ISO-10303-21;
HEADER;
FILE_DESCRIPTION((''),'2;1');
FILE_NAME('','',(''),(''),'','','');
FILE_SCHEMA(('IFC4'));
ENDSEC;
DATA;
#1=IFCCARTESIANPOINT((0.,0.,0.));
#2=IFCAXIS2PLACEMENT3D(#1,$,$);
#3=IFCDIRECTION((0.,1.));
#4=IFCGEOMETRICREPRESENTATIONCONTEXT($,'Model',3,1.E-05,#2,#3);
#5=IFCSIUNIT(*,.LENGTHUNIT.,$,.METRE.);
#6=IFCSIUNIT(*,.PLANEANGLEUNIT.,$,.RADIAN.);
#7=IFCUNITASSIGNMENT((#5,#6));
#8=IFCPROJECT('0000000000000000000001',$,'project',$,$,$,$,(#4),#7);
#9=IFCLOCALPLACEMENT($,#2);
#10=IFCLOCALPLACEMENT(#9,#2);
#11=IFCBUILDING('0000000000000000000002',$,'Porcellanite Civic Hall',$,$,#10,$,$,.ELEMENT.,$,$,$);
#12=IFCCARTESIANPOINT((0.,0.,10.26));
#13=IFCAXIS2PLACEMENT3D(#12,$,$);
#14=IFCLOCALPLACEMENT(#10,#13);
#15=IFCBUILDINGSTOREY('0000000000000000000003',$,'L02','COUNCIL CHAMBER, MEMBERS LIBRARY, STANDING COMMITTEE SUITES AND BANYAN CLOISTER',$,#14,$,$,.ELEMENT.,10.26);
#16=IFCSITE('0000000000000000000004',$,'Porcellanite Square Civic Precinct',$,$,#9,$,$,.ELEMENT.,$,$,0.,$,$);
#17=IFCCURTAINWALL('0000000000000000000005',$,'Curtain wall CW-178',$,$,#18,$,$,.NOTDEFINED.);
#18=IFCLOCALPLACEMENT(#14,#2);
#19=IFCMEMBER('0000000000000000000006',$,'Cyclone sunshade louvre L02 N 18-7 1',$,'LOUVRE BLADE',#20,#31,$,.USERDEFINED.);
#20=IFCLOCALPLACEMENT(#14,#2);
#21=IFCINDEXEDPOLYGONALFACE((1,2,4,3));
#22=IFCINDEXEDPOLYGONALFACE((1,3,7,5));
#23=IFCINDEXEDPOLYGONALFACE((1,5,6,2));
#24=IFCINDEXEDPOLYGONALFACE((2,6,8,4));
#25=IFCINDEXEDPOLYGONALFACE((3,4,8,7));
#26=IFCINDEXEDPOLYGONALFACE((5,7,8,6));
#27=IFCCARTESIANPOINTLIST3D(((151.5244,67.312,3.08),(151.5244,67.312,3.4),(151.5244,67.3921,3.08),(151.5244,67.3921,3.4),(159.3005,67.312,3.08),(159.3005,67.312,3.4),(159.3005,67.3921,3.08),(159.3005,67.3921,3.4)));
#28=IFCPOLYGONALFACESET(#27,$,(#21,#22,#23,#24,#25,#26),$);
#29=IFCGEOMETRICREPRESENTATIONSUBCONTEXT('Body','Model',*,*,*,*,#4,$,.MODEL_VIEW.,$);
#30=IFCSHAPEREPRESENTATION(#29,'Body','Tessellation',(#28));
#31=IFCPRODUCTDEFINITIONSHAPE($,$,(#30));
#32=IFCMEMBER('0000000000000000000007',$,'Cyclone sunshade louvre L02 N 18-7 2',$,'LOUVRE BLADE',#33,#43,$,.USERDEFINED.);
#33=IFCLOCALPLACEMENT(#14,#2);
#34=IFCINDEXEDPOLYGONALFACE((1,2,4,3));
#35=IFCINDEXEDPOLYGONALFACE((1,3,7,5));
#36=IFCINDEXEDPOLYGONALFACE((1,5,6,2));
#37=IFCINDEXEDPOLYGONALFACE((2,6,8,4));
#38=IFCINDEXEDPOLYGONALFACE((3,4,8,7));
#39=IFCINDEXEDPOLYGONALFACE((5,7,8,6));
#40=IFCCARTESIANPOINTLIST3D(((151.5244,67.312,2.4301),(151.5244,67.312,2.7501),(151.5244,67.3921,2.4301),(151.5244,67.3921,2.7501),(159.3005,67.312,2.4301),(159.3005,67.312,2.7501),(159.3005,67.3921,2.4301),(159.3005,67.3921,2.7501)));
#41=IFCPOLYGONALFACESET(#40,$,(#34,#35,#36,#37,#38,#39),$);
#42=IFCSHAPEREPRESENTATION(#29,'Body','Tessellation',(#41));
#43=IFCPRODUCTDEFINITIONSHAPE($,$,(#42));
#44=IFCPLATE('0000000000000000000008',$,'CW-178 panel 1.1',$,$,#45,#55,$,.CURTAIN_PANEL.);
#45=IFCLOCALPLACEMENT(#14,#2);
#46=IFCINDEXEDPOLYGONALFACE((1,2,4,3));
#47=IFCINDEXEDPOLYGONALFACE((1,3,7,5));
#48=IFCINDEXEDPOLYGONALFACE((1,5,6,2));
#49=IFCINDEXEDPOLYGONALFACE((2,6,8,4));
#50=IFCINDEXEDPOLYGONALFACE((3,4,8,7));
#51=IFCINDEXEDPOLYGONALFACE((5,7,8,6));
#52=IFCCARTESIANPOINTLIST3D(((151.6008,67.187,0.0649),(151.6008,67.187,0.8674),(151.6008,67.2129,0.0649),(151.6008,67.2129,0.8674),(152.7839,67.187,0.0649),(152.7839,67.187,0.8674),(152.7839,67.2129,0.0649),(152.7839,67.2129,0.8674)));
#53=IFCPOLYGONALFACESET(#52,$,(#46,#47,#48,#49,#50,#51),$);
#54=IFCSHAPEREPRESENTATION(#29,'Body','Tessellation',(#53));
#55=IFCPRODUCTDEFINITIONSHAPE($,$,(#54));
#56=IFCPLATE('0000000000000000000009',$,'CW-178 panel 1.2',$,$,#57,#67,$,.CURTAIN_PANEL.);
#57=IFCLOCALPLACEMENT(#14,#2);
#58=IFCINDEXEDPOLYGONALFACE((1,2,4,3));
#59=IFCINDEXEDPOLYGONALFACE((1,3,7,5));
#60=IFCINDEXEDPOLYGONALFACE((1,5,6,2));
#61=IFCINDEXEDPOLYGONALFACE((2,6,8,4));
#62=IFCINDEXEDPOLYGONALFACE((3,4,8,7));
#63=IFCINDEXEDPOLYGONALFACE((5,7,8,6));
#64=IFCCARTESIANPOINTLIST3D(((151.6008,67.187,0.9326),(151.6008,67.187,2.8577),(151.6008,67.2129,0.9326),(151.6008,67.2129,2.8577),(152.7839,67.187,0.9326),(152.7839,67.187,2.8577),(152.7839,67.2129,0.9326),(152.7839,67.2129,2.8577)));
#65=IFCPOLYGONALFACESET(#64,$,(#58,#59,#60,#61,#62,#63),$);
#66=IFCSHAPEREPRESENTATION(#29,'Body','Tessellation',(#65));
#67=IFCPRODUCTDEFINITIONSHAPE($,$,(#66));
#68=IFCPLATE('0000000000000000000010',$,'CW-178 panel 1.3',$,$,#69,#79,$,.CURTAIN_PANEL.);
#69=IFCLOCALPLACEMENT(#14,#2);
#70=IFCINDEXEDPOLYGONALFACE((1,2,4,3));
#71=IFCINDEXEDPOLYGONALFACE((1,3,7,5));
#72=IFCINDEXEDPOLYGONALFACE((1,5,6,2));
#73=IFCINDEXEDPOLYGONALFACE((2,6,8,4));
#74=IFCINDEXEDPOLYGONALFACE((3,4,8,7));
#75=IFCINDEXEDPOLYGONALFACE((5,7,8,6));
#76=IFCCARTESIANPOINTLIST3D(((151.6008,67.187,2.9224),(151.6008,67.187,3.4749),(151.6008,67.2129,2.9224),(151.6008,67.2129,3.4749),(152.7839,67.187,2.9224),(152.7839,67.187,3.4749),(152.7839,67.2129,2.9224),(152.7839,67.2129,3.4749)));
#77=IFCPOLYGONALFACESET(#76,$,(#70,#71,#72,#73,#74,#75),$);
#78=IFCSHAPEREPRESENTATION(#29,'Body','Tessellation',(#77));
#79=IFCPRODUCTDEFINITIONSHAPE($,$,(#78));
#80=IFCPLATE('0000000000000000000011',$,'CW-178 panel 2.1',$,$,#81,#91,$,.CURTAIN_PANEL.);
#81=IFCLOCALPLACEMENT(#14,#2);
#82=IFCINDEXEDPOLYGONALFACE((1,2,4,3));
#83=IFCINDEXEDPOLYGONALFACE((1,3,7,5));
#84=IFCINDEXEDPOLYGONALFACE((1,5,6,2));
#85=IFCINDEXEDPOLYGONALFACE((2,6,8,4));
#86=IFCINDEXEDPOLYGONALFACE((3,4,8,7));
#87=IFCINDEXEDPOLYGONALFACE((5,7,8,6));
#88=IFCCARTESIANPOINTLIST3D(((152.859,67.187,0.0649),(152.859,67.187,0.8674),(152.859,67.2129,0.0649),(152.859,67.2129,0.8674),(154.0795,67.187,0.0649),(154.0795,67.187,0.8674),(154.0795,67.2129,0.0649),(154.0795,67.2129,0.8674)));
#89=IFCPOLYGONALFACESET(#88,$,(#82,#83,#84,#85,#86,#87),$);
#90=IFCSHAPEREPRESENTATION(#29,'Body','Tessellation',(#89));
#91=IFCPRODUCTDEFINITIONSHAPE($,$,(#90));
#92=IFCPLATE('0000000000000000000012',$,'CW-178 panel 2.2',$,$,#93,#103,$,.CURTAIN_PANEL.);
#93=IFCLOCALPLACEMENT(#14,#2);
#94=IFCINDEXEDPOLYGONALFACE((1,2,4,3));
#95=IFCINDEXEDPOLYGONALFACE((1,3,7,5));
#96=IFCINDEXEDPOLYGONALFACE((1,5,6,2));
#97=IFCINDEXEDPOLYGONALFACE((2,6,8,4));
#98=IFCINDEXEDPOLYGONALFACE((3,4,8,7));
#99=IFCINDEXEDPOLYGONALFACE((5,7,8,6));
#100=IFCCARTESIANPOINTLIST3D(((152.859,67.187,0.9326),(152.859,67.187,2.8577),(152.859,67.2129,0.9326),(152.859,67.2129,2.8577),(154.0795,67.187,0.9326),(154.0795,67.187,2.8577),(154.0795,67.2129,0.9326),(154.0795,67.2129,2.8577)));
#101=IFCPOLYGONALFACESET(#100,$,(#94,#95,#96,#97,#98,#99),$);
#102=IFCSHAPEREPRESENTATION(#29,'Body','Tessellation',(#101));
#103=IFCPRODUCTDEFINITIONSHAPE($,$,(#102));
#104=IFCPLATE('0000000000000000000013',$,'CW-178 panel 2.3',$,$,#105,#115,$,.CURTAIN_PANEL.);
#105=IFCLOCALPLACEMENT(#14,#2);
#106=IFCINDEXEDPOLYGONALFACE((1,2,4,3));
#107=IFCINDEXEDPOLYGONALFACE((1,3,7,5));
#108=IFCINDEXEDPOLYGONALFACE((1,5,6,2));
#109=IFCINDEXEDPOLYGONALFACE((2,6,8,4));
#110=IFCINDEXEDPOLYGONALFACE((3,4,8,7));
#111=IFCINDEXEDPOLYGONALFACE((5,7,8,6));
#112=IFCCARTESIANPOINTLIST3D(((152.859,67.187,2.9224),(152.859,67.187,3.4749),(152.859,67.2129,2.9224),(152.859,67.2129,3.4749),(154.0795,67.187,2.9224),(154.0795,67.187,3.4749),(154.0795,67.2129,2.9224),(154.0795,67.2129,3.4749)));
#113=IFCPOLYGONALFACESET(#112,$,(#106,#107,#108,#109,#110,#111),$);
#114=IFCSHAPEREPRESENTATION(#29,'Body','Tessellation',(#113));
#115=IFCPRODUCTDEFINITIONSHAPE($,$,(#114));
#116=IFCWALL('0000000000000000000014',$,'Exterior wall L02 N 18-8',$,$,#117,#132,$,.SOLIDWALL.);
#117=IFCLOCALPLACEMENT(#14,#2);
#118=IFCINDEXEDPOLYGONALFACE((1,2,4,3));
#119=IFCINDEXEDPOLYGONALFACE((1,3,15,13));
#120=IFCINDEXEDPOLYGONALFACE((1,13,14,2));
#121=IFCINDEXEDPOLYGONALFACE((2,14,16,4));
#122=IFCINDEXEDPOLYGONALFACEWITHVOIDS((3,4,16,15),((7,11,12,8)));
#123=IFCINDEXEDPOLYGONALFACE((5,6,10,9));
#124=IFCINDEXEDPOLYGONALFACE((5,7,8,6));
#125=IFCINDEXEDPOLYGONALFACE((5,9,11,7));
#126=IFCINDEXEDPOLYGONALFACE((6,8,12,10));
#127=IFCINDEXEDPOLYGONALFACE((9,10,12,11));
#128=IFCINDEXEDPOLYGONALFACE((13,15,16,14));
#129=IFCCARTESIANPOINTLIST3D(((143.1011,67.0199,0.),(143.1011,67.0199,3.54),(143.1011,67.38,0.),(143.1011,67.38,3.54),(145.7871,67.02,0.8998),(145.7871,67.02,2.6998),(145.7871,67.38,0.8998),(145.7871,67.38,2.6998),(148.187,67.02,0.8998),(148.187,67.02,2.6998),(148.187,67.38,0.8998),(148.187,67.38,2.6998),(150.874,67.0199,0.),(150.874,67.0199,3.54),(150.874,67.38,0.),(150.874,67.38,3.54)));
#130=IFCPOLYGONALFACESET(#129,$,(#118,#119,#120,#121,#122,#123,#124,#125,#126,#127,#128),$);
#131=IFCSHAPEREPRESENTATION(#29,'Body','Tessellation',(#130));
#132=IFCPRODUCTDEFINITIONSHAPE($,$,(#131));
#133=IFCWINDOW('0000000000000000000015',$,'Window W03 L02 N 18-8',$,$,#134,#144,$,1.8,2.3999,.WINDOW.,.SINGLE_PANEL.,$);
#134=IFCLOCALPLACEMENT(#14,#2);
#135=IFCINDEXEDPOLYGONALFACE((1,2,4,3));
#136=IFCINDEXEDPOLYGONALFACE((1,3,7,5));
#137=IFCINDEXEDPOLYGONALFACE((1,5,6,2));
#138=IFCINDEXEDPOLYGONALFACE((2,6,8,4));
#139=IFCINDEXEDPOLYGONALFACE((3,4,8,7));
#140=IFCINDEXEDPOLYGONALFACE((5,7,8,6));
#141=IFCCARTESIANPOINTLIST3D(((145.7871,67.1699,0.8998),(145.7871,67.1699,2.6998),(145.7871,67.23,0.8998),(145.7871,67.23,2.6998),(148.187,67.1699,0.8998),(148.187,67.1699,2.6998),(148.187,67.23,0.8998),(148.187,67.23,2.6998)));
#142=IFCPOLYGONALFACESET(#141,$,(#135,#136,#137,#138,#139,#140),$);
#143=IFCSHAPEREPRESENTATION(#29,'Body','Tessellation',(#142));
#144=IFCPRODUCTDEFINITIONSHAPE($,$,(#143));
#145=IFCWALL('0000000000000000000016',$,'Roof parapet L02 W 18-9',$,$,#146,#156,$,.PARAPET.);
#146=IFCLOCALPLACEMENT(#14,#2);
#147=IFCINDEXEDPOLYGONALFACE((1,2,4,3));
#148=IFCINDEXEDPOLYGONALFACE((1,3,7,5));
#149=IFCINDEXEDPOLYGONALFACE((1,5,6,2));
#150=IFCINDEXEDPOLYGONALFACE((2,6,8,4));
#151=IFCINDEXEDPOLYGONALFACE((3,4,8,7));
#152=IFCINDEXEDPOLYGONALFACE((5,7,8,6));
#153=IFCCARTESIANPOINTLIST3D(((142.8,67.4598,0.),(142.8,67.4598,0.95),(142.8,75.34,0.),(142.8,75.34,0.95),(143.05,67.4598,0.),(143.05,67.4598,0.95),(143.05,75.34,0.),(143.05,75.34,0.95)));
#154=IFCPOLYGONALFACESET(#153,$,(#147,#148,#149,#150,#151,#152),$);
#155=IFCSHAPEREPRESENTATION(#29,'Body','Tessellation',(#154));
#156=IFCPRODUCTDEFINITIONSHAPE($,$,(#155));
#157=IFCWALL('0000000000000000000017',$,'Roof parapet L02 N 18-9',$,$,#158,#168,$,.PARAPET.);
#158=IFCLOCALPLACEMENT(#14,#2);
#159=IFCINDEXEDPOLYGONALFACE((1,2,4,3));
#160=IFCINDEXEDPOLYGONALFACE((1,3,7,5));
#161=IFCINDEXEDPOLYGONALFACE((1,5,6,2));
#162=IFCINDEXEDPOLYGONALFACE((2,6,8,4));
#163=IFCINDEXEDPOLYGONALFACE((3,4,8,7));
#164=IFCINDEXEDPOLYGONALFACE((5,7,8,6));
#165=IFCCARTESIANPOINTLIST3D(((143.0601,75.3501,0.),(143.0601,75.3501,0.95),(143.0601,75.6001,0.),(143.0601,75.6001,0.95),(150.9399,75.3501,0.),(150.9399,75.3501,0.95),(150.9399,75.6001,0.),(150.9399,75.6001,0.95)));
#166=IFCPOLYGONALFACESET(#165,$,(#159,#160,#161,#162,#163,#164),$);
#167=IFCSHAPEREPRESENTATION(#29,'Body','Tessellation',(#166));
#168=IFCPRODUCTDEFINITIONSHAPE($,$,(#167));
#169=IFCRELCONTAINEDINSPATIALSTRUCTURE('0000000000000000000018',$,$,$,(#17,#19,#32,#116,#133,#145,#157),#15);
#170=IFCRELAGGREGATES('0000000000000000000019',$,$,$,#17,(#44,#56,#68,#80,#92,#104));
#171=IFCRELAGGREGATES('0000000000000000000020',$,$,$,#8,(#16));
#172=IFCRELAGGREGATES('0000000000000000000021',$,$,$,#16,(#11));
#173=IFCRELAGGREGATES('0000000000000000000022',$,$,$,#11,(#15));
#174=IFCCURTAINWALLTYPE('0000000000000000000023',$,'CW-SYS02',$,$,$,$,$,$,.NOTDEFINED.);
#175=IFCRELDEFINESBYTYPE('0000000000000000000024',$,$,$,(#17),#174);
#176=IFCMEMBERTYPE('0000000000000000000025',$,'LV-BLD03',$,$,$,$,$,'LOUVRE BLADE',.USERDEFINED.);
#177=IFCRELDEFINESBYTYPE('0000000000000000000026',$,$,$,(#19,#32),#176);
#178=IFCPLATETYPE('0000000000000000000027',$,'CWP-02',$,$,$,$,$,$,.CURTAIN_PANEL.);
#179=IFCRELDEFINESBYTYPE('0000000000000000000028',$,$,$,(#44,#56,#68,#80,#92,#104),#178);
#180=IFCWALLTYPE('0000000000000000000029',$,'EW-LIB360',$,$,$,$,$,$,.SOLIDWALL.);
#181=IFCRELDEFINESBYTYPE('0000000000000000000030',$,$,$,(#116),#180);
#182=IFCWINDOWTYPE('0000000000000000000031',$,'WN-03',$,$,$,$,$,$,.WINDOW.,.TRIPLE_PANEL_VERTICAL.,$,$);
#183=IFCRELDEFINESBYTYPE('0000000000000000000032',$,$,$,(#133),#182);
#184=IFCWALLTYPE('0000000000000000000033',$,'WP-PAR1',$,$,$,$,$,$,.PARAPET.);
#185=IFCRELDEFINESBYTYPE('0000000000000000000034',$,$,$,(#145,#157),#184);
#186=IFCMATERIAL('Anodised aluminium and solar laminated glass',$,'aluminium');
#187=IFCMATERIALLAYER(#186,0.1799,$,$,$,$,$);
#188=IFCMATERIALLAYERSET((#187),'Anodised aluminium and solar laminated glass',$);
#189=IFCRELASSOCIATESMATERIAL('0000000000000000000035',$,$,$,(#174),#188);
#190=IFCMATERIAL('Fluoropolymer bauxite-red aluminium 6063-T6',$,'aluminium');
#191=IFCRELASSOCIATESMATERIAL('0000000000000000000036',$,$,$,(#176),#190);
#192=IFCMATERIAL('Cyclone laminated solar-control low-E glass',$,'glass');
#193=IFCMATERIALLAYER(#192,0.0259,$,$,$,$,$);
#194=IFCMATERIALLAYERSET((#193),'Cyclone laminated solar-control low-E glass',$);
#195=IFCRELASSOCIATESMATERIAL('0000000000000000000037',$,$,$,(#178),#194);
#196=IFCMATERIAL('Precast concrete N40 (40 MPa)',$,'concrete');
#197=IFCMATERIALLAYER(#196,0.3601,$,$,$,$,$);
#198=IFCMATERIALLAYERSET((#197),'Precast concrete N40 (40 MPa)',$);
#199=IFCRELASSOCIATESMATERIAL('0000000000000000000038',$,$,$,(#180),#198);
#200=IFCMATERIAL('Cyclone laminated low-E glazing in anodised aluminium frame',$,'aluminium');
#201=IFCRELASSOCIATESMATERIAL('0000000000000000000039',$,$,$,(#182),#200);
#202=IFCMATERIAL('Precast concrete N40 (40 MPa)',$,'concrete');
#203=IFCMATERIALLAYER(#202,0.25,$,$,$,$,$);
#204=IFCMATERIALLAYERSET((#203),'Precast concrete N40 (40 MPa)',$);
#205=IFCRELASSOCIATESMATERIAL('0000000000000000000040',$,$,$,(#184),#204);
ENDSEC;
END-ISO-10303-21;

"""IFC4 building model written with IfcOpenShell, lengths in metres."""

from ifc_helpers import new_model, si_unit, direction, frame, frame_2d, origin, origin_2d, place, context, subcontext, project, spatial, rectangle, extrude, material, layer, layer_set, material_profile, profile_set, type_object, element, fill, aggregate, save


model = new_model("IFC4")

# Units and contexts
model_context = context("Model", 3, precision=1e-05, world=origin(), true_north=direction((0.0, 1.0)))
body_context = subcontext(model_context, "Body", "Model", "MODEL_VIEW")
ifc_project = project(units=[si_unit("LENGTHUNIT", "METRE"), si_unit("PLANEANGLEUNIT", "RADIAN")], contexts=[model_context])

# Site, building, storey
site_placement = place(None, origin())
site = spatial("IfcSite", under=ifc_project, at=site_placement, Name="Porcellanite Square Civic Precinct", CompositionType="ELEMENT", RefElevation=0.0)
building_placement = place(site_placement, origin())
building = spatial("IfcBuilding", under=site, at=building_placement, Name="Porcellanite Civic Hall", CompositionType="ELEMENT")
storey_placement = place(building_placement, frame((0.0, 0.0, 10.26)))
storey = spatial("IfcBuildingStorey", under=building, at=storey_placement, Name="L02", Description="COUNCIL CHAMBER, MEMBERS LIBRARY, STANDING COMMITTEE SUITES AND BANYAN CLOISTER", CompositionType="ELEMENT", Elevation=10.26)

# Curtain wall
ifc_material_1 = material(Name="Anodised aluminium and solar laminated glass", Category="aluminium")
ifc_layer_1 = layer(ifc_material_1, 0.1799)
ifc_layer_set_1 = layer_set([ifc_layer_1], Name="Anodised aluminium and solar laminated glass")
curtain_wall_type = type_object("IfcCurtainWallType", Name="CW-SYS02", PredefinedType="NOTDEFINED", material=ifc_layer_set_1)
curtain_wall_placement = place(storey_placement, origin())
curtain_wall = element("IfcCurtainWall", 1, at=curtain_wall_placement, inside=storey, type_object=curtain_wall_type, Name="Curtain wall CW-178", PredefinedType="NOTDEFINED")

# Members
ifc_material_2 = material(Name="Fluoropolymer bauxite-red aluminium 6063-T6", Category="aluminium")
ifc_material_profile_1 = material_profile(ifc_material_2, rectangle(XDim=0.0801, YDim=0.3201, at=origin_2d()), Name="AL-80x320")
ifc_profile_set_1 = profile_set([ifc_material_profile_1], Name="Fluoropolymer bauxite-red aluminium 6063-T6")
member_type_1 = type_object("IfcMemberType", Name="LV-BLD03", ElementType="LOUVRE BLADE", PredefinedType="USERDEFINED", material=ifc_profile_set_1)
for number, where, z_axis, x_axis, name in (
    (2, (151.5244, 67.3521, 3.24), (1.0, 0.0, 0.0), (0.0, 1.0, 0.0), "Cyclone sunshade louvre L02 N 18-7 1"),
    (3, (151.5244, 67.3521, 2.5901), (1.0, 0.0, 0.0), (0.0, 1.0, 0.0), "Cyclone sunshade louvre L02 N 18-7 2"),
):
    element("IfcMember", number, at=place(storey_placement, frame(where, z_axis=z_axis, x_axis=x_axis)), inside=storey, type_object=member_type_1, Name=name, ObjectType="LOUVRE BLADE", PredefinedType="USERDEFINED", context=body_context, shape_type="SweptSolid", body=[
        extrude(rectangle(XDim=0.0801, YDim=0.3201, at=origin_2d()), origin(), (0.0, 0.0, 1.0), 7.7761),
    ])

# Plates
ifc_material_3 = material(Name="Cyclone laminated solar-control low-E glass", Category="glass")
ifc_layer_2 = layer(ifc_material_3, 0.0259)
ifc_layer_set_2 = layer_set([ifc_layer_2], Name="Cyclone laminated solar-control low-E glass")
plate_type = type_object("IfcPlateType", Name="CWP-02", PredefinedType="CURTAIN_PANEL", material=ifc_layer_set_2)
plate_1_placement = place(storey_placement, frame((152.1924, 67.2, 0.0649), z_axis=(0.0, 0.0, 1.0), x_axis=(1.0, 0.0, 0.0)))
plate_1 = element("IfcPlate", 4, at=plate_1_placement, type_object=plate_type, Name="CW-178 panel 1.1", PredefinedType="CURTAIN_PANEL", context=body_context, shape_type="SweptSolid", body=[
    extrude(rectangle(XDim=1.1831, YDim=0.0259, at=origin_2d()), origin(), (0.0, 0.0, 1.0), 0.8025),
])
plate_2_placement = place(storey_placement, frame((152.1924, 67.2, 0.9326), z_axis=(0.0, 0.0, 1.0), x_axis=(1.0, 0.0, 0.0)))
plate_2 = element("IfcPlate", 5, at=plate_2_placement, type_object=plate_type, Name="CW-178 panel 1.2", PredefinedType="CURTAIN_PANEL", context=body_context, shape_type="SweptSolid", body=[
    extrude(rectangle(XDim=1.1831, YDim=0.0259, at=origin_2d()), origin(), (0.0, 0.0, 1.0), 1.925),
])
plate_3_placement = place(storey_placement, frame((152.1924, 67.2, 2.9224), z_axis=(0.0, 0.0, 1.0), x_axis=(1.0, 0.0, 0.0)))
plate_3 = element("IfcPlate", 6, at=plate_3_placement, type_object=plate_type, Name="CW-178 panel 1.3", PredefinedType="CURTAIN_PANEL", context=body_context, shape_type="SweptSolid", body=[
    extrude(rectangle(XDim=1.1831, YDim=0.0259, at=origin_2d()), origin(), (0.0, 0.0, 1.0), 0.5525),
])
plate_4_placement = place(storey_placement, frame((153.4692, 67.2, 0.0649), z_axis=(0.0, 0.0, 1.0), x_axis=(1.0, 0.0, 0.0)))
plate_4 = element("IfcPlate", 7, at=plate_4_placement, type_object=plate_type, Name="CW-178 panel 2.1", PredefinedType="CURTAIN_PANEL", context=body_context, shape_type="SweptSolid", body=[
    extrude(rectangle(XDim=1.2205, YDim=0.0259, at=origin_2d()), origin(), (0.0, 0.0, 1.0), 0.8025),
])
plate_5_placement = place(storey_placement, frame((153.4692, 67.2, 0.9326), z_axis=(0.0, 0.0, 1.0), x_axis=(1.0, 0.0, 0.0)))
plate_5 = element("IfcPlate", 8, at=plate_5_placement, type_object=plate_type, Name="CW-178 panel 2.2", PredefinedType="CURTAIN_PANEL", context=body_context, shape_type="SweptSolid", body=[
    extrude(rectangle(XDim=1.2205, YDim=0.0259, at=origin_2d()), origin(), (0.0, 0.0, 1.0), 1.925),
])
plate_6_placement = place(storey_placement, frame((153.4692, 67.2, 2.9224), z_axis=(0.0, 0.0, 1.0), x_axis=(1.0, 0.0, 0.0)))
plate_6 = element("IfcPlate", 9, at=plate_6_placement, type_object=plate_type, Name="CW-178 panel 2.3", PredefinedType="CURTAIN_PANEL", context=body_context, shape_type="SweptSolid", body=[
    extrude(rectangle(XDim=1.2205, YDim=0.0259, at=origin_2d()), origin(), (0.0, 0.0, 1.0), 0.5525),
])
aggregate(curtain_wall, [plate_1, plate_2, plate_3, plate_4, plate_5, plate_6])

# Wall, opening, window
ifc_material_4 = material(Name="Precast concrete N40 (40 MPa)", Category="concrete")
ifc_layer_3 = layer(ifc_material_4, 0.3601)
ifc_layer_set_3 = layer_set([ifc_layer_3], Name="Precast concrete N40 (40 MPa)")
wall_type_1 = type_object("IfcWallType", Name="EW-LIB360", PredefinedType="SOLIDWALL", material=ifc_layer_set_3)
wall_1_placement = place(storey_placement, frame((143.1011, 67.2, 0.0), z_axis=(0.0, 0.0, 1.0), x_axis=(1.0, 0.0, 0.0)))
wall_1 = element("IfcWall", 10, at=wall_1_placement, inside=storey, type_object=wall_type_1, Name="Exterior wall L02 N 18-8", PredefinedType="SOLIDWALL", context=body_context, shape_type="SweptSolid", body=[
    extrude(rectangle(XDim=7.7729, YDim=0.3601, at=frame_2d((3.8865, 0.0))), origin(), (0.0, 0.0, 1.0), 3.54),
])
opening_placement = place(wall_1_placement, frame((2.686, 0.0, 0.8999)))
opening = element("IfcOpeningElement", 11, at=opening_placement, cuts=wall_1, PredefinedType="OPENING", context=body_context, shape_type="SweptSolid", body=[
    extrude(rectangle(XDim=2.3999, YDim=1.8, at=frame_2d((1.2, 0.8999))), frame((0.0, 0.1802, 0.0), z_axis=(0.0, -1.0, 0.0), x_axis=(1.0, 0.0, 0.0)), (0.0, 0.0, 1.0), 0.3601),
])
ifc_material_5 = material(Name="Cyclone laminated low-E glazing in anodised aluminium frame", Category="aluminium")
window_type = type_object("IfcWindowType", Name="WN-03", PartitioningType="TRIPLE_PANEL_VERTICAL", PredefinedType="WINDOW", material=ifc_material_5)
window_placement = place(opening_placement, origin())
window = element("IfcWindow", 12, at=window_placement, inside=storey, type_object=window_type, Name="Window W03 L02 N 18-8", OverallHeight=1.8, OverallWidth=2.3999, PartitioningType="SINGLE_PANEL", PredefinedType="WINDOW", context=body_context, shape_type="SweptSolid", body=[
    extrude(rectangle(XDim=2.3999, YDim=1.8, at=frame_2d((1.2, 0.8999))), frame((0.0, 0.03, 0.0), z_axis=(0.0, -1.0, 0.0), x_axis=(1.0, 0.0, 0.0)), (0.0, 0.0, 1.0), 0.0601),
])
fill(opening, window)

# Walls
ifc_material_6 = material(Name="Precast concrete N40 (40 MPa)", Category="concrete")
ifc_layer_4 = layer(ifc_material_6, 0.25)
ifc_layer_set_4 = layer_set([ifc_layer_4], Name="Precast concrete N40 (40 MPa)")
wall_type_2 = type_object("IfcWallType", Name="WP-PAR1", PredefinedType="PARAPET", material=ifc_layer_set_4)
wall_2_placement = place(storey_placement, frame((142.925, 67.46, 0.0), z_axis=(0.0, 0.0, 1.0), x_axis=(0.0, 1.0, 0.0)))
element("IfcWall", 13, at=wall_2_placement, inside=storey, type_object=wall_type_2, Name="Roof parapet L02 W 18-9", PredefinedType="PARAPET", context=body_context, shape_type="SweptSolid", body=[
    extrude(rectangle(XDim=7.8801, YDim=0.25, at=frame_2d((3.9399, 0.0))), origin(), (0.0, 0.0, 1.0), 0.95),
])
wall_3_placement = place(storey_placement, frame((143.0601, 75.4751, 0.0), z_axis=(0.0, 0.0, 1.0), x_axis=(1.0, 0.0, 0.0)))
element("IfcWall", 14, at=wall_3_placement, inside=storey, type_object=wall_type_2, Name="Roof parapet L02 N 18-9", PredefinedType="PARAPET", context=body_context, shape_type="SweptSolid", body=[
    extrude(rectangle(XDim=7.8799, YDim=0.25, at=frame_2d((3.9399, 0.0))), origin(), (0.0, 0.0, 1.0), 0.95),
])

save(model, "model.ifc")
